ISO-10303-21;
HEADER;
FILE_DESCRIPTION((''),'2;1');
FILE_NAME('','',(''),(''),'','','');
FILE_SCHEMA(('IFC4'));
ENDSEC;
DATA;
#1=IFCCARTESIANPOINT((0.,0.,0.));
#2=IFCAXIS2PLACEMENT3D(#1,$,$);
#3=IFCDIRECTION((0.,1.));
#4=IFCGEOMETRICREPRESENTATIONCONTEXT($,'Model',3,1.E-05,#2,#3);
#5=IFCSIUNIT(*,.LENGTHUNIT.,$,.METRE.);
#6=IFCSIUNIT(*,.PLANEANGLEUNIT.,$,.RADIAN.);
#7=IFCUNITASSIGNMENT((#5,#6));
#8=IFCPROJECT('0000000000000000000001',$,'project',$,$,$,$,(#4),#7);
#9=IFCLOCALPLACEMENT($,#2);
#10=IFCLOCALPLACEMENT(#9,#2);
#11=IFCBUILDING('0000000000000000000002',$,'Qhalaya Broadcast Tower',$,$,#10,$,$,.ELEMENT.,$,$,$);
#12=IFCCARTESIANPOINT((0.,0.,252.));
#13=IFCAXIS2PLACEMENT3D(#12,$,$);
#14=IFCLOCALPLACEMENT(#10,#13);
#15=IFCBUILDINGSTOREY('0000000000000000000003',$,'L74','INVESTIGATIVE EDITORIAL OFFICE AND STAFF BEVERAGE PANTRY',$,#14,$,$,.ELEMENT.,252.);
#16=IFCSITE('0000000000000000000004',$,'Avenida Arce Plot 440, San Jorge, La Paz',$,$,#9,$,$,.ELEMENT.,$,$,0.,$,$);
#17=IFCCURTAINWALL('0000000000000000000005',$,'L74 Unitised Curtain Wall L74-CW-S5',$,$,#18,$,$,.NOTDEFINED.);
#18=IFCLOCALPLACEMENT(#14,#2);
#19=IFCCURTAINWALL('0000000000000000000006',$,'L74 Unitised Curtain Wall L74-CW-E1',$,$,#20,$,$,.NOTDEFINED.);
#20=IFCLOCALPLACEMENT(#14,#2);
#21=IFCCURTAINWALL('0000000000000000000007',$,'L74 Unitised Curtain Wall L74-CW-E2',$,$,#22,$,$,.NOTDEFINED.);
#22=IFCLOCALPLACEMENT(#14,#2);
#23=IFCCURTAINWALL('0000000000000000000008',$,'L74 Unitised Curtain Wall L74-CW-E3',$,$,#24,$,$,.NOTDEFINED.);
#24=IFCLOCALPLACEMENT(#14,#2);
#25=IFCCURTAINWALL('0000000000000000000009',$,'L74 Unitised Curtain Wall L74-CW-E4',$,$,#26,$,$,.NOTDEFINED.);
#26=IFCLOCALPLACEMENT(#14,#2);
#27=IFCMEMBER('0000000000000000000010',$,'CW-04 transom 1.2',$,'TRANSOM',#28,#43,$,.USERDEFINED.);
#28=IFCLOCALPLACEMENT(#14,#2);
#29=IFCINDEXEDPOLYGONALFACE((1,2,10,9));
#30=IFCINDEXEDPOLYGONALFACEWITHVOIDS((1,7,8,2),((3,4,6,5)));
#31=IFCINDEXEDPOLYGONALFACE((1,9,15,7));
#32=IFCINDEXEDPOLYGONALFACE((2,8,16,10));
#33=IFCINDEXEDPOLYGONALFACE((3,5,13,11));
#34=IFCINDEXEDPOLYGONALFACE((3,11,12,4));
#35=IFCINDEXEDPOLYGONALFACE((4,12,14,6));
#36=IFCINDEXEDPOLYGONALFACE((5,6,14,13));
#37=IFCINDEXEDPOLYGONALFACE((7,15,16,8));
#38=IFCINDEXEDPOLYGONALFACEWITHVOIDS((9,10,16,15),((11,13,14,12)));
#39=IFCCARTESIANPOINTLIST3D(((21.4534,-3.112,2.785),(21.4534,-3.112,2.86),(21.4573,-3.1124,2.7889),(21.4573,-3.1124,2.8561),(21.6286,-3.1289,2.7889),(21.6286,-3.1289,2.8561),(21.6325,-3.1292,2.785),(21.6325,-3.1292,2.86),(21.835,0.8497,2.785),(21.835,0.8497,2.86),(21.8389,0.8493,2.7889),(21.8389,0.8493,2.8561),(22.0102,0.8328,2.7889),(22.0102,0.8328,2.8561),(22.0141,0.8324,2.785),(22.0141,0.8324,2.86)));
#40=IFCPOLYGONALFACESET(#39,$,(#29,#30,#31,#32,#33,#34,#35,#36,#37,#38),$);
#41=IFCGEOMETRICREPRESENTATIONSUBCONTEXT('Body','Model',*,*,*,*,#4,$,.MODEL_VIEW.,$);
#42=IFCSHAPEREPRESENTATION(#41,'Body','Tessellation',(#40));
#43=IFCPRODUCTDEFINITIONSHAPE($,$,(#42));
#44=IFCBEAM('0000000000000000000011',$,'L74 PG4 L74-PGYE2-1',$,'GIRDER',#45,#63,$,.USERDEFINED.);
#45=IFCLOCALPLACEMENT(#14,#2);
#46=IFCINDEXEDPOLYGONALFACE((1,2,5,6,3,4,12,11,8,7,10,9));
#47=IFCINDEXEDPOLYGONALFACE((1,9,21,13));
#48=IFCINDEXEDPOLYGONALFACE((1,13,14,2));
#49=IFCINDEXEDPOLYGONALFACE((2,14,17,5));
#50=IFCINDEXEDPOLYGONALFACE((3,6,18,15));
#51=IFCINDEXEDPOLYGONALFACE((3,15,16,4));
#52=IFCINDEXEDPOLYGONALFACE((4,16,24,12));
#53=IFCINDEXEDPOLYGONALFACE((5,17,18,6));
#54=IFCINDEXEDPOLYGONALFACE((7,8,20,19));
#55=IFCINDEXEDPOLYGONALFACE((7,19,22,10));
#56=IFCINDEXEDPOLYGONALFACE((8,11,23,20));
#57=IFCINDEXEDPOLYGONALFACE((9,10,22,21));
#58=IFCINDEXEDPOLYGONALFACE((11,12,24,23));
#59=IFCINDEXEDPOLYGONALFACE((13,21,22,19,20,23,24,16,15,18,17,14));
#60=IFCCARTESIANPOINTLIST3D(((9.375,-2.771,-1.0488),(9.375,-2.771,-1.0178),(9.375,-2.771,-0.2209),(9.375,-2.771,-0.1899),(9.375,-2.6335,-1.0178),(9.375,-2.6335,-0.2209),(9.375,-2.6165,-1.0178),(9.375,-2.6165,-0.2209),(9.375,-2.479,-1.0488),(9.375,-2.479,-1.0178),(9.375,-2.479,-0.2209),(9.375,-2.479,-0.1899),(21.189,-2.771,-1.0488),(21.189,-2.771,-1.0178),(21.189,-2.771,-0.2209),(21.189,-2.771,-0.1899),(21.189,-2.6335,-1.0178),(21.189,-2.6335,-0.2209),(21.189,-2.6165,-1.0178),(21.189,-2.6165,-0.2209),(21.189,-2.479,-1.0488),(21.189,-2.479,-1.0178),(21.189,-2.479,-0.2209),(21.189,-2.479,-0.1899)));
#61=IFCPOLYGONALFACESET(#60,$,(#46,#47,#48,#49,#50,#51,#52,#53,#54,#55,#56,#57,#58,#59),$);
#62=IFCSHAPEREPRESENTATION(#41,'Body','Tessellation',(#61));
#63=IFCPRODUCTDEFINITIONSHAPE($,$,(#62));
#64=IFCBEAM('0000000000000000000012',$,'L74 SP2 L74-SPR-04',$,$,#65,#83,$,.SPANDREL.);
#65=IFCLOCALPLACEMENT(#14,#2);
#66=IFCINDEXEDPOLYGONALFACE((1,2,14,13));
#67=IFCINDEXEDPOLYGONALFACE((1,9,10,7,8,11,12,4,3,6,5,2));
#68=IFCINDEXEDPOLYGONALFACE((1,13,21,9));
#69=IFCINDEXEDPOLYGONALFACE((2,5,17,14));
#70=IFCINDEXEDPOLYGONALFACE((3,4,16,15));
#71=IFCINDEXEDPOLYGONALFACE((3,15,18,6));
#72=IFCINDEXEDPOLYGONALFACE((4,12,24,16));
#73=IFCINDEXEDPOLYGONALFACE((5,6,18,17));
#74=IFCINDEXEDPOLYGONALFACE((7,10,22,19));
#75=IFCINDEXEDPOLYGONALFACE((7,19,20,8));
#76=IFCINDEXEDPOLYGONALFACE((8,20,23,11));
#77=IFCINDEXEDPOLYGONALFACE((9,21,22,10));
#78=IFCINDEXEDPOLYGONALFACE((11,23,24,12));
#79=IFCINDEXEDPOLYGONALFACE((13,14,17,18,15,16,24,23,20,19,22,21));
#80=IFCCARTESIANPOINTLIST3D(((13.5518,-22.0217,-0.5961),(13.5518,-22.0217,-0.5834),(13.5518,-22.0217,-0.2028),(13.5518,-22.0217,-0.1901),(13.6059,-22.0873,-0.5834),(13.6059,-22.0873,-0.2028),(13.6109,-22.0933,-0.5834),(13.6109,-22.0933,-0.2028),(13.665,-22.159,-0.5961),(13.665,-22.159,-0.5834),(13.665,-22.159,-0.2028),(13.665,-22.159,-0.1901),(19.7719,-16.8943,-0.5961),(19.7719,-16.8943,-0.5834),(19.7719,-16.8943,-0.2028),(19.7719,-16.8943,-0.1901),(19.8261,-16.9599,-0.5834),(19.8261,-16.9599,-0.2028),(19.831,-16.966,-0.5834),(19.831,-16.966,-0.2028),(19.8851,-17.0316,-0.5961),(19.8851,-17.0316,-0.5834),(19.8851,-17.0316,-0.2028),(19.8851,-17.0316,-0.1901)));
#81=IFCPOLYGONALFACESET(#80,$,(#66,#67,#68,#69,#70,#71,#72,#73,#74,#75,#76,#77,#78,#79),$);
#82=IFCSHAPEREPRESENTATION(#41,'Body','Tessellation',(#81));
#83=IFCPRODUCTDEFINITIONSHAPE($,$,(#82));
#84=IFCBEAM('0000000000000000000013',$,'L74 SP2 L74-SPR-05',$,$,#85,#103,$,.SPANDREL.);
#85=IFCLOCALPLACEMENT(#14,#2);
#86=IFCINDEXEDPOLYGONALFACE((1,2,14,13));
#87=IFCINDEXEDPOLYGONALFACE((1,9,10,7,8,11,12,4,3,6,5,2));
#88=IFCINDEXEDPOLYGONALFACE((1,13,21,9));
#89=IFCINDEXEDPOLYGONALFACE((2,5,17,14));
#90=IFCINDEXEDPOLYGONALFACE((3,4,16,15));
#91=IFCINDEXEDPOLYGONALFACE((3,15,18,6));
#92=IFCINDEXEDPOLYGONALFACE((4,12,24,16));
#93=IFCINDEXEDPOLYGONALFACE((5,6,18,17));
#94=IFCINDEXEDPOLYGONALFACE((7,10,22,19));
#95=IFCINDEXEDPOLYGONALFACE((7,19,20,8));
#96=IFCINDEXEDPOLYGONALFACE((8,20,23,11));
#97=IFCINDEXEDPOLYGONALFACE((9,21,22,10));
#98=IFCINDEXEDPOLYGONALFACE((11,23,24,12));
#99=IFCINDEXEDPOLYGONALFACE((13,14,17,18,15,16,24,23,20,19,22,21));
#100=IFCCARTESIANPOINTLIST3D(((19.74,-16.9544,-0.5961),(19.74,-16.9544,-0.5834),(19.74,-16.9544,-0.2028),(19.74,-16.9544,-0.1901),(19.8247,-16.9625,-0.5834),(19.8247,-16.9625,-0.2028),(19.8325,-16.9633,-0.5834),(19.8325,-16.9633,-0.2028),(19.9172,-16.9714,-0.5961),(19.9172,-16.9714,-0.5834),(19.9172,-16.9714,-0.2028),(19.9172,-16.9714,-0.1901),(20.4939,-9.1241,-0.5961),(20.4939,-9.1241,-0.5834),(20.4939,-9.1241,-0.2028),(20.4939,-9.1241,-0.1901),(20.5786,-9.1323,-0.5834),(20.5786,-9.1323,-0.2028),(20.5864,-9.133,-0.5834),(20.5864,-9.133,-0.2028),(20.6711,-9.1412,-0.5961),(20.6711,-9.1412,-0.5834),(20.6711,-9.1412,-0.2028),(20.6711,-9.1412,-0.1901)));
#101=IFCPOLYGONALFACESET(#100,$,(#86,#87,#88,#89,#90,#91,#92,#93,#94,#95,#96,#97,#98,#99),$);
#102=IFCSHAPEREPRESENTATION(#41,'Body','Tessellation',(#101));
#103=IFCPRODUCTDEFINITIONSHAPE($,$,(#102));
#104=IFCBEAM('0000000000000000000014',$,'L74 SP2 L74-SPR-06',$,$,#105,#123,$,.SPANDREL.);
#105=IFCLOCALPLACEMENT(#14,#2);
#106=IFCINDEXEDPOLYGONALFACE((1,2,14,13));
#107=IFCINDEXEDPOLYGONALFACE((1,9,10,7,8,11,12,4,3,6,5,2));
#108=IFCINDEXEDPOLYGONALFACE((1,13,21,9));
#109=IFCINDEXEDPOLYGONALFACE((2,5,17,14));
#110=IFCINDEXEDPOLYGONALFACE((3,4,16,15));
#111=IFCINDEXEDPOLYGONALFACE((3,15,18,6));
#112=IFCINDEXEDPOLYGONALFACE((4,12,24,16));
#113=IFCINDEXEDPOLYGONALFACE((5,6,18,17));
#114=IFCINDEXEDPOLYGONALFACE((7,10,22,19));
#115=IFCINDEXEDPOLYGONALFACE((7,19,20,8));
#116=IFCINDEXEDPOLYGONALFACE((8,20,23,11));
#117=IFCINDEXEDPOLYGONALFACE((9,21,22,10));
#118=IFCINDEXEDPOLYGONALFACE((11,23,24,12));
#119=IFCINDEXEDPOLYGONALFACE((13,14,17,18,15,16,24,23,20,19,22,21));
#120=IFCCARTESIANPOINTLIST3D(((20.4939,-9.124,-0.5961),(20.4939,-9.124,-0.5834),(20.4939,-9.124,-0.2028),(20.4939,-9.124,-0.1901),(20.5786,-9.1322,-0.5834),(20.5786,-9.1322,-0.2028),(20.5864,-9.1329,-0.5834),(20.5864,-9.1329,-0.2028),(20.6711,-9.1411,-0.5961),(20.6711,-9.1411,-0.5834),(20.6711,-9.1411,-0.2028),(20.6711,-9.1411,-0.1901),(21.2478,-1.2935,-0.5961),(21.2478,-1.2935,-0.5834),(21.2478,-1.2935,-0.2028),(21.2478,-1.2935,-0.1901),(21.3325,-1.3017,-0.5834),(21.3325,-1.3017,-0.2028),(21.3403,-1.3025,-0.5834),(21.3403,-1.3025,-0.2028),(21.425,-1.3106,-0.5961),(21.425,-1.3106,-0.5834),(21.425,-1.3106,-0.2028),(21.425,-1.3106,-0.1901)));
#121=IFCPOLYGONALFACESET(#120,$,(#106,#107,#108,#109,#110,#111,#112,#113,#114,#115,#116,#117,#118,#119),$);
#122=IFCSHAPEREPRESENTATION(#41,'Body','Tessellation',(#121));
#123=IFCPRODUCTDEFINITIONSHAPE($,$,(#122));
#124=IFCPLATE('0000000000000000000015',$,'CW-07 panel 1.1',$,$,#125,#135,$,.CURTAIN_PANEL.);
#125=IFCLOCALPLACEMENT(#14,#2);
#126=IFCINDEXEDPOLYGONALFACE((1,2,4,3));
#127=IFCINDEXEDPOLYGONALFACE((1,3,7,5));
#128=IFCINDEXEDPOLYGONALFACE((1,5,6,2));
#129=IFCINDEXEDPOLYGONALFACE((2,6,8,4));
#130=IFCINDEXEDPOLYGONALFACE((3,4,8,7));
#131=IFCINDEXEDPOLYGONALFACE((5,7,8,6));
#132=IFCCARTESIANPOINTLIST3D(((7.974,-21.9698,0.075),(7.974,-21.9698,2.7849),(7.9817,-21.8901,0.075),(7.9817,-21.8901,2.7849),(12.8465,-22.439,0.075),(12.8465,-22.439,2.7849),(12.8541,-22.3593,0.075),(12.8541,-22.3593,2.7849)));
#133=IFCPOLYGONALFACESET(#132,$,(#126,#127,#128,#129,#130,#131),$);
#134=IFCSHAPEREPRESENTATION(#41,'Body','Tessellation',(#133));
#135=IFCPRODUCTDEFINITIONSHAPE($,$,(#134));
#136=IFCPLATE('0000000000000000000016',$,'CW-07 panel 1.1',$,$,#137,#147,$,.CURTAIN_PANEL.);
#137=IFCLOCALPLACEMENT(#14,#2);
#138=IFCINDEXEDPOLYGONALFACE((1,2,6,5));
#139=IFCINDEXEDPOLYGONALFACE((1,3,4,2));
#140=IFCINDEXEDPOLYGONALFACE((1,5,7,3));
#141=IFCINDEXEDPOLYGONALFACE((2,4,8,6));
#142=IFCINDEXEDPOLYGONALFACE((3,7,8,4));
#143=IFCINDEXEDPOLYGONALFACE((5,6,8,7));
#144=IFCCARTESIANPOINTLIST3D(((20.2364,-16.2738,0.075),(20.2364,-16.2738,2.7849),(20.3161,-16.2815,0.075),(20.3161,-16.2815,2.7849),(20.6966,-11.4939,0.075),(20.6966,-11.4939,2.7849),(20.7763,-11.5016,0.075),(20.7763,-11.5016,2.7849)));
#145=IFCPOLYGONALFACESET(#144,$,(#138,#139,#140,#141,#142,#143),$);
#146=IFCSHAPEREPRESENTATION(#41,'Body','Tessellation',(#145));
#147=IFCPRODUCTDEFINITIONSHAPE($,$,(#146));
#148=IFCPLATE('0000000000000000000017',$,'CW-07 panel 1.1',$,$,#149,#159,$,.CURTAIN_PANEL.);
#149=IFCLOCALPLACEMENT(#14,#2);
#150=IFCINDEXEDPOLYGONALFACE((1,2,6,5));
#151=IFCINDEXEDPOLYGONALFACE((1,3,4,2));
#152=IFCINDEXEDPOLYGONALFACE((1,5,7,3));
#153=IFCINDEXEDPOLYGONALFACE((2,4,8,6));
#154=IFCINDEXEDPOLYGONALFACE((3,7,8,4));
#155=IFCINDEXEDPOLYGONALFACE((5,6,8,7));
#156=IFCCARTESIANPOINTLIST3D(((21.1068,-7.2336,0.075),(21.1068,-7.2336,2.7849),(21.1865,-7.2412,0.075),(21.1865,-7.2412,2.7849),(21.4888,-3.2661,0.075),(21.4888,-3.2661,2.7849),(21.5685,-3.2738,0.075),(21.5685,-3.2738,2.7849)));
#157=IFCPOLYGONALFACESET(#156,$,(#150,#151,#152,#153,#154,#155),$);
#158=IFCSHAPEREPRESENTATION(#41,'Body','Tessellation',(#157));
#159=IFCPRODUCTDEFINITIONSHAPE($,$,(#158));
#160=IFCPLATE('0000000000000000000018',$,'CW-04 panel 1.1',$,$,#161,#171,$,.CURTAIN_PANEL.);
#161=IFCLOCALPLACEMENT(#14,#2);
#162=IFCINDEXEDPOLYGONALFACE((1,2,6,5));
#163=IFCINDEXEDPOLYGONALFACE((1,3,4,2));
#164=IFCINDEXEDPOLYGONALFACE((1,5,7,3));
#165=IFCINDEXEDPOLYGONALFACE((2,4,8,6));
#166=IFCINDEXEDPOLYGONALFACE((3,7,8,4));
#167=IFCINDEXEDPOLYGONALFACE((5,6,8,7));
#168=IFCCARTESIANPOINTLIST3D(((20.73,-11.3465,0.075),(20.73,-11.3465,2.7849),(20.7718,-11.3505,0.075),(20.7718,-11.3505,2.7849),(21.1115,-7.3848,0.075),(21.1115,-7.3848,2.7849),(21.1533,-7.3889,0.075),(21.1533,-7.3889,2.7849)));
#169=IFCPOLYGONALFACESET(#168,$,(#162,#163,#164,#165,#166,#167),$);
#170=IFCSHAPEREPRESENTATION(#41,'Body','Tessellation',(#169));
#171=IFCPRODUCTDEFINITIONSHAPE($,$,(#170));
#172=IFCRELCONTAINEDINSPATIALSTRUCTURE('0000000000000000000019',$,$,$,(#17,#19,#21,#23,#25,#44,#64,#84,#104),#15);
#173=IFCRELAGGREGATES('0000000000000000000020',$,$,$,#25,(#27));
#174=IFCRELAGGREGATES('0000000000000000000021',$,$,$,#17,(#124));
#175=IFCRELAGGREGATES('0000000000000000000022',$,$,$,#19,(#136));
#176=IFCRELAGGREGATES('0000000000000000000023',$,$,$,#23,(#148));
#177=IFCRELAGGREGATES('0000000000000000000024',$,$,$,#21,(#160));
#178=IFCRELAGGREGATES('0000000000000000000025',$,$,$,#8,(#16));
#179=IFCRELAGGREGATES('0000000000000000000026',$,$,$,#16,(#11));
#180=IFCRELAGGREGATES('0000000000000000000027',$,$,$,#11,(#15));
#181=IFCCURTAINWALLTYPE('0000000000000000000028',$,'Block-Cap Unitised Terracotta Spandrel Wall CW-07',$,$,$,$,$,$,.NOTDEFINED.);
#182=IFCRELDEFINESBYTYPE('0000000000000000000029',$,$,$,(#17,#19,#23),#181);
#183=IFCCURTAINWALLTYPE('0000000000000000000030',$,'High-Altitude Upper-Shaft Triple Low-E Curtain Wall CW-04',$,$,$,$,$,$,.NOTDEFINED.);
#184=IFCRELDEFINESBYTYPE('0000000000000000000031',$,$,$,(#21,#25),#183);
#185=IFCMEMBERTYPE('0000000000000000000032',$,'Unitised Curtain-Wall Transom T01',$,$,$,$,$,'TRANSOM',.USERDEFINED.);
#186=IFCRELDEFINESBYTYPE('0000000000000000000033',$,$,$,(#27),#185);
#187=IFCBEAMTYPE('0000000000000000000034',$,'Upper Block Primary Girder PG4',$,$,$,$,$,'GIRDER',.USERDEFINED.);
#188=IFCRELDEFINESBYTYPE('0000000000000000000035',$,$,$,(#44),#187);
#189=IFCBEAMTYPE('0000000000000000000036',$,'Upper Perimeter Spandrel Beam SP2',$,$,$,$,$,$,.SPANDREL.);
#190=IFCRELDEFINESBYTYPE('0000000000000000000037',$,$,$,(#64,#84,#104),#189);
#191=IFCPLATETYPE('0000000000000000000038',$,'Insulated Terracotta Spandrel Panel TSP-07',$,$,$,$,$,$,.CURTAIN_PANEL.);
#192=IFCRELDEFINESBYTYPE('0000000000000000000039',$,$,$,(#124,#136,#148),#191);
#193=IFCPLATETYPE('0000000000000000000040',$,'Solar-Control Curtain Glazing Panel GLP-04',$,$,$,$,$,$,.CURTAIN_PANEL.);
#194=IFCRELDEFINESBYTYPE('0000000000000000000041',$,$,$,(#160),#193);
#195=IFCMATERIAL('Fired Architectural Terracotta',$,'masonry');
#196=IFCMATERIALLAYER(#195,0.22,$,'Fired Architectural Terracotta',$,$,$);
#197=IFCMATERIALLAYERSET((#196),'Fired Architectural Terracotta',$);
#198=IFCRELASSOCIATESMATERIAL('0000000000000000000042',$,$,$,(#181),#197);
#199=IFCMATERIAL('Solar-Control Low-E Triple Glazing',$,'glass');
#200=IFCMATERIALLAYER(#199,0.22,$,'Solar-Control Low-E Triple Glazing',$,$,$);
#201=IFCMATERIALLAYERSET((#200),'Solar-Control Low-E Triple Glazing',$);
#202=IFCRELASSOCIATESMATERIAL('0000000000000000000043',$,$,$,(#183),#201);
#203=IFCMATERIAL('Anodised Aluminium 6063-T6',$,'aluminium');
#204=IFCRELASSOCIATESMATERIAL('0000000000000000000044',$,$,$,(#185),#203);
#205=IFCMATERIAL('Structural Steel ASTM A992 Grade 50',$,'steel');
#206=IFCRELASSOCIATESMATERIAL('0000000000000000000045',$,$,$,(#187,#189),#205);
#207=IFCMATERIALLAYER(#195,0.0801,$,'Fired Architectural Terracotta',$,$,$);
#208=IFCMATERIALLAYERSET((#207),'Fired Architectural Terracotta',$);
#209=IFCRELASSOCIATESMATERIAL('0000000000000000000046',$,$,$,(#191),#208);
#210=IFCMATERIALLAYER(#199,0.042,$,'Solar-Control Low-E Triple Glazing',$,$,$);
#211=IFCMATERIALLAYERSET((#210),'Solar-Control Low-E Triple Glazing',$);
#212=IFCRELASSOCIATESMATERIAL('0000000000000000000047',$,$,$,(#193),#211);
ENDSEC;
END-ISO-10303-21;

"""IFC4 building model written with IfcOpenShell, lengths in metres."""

from ifc_helpers import new_model, si_unit, direction, frame, origin, origin_2d, place, context, subcontext, project, spatial, rectangle, hollow_rectangle, i_section, extrude, material, layer, layer_set, material_profile, profile_set, type_object, element, aggregate, save


model = new_model("IFC4")

# Units and contexts
model_context = context("Model", 3, precision=1e-05, world=origin(), true_north=direction((0.0, 1.0)))
body_context = subcontext(model_context, "Body", "Model", "MODEL_VIEW")
ifc_project = project(units=[si_unit("LENGTHUNIT", "METRE"), si_unit("PLANEANGLEUNIT", "RADIAN")], contexts=[model_context])

# Site, building, storey
site_placement = place(None, origin())
site = spatial("IfcSite", under=ifc_project, at=site_placement, Name="Avenida Arce Plot 440, San Jorge, La Paz", CompositionType="ELEMENT", RefElevation=0.0)
building_placement = place(site_placement, origin())
building = spatial("IfcBuilding", under=site, at=building_placement, Name="Qhalaya Broadcast Tower", CompositionType="ELEMENT")
storey_placement = place(building_placement, frame((0.0, 0.0, 252.0)))
storey = spatial("IfcBuildingStorey", under=building, at=storey_placement, Name="L74", Description="INVESTIGATIVE EDITORIAL OFFICE AND STAFF BEVERAGE PANTRY", CompositionType="ELEMENT", Elevation=252.0)

# Shared definitions
ifc_material_1 = material(Name="Structural Steel ASTM A992 Grade 50", Category="steel")

# Curtain wall
ifc_material_2 = material(Name="Fired Architectural Terracotta", Category="masonry")
ifc_layer_1 = layer(ifc_material_2, 0.22, Name="Fired Architectural Terracotta")
ifc_layer_set_1 = layer_set([ifc_layer_1], Name="Fired Architectural Terracotta")
curtain_wall_type_1 = type_object("IfcCurtainWallType", Name="Block-Cap Unitised Terracotta Spandrel Wall CW-07", PredefinedType="NOTDEFINED", material=ifc_layer_set_1)
curtain_wall_1_placement = place(storey_placement, origin())
curtain_wall_1 = element("IfcCurtainWall", 1, at=curtain_wall_1_placement, inside=storey, type_object=curtain_wall_type_1, Name="L74 Unitised Curtain Wall L74-CW-S5", PredefinedType="NOTDEFINED")
ifc_material_3 = material(Name="Anodised Aluminium 6063-T6", Category="aluminium")

# Curtain walls
curtain_wall_2_placement = place(storey_placement, origin())
curtain_wall_2 = element("IfcCurtainWall", 2, at=curtain_wall_2_placement, inside=storey, type_object=curtain_wall_type_1, Name="L74 Unitised Curtain Wall L74-CW-E1", PredefinedType="NOTDEFINED")
ifc_material_4 = material(Name="Solar-Control Low-E Triple Glazing", Category="glass")
ifc_layer_2 = layer(ifc_material_4, 0.22, Name="Solar-Control Low-E Triple Glazing")
ifc_layer_set_2 = layer_set([ifc_layer_2], Name="Solar-Control Low-E Triple Glazing")
curtain_wall_type_2 = type_object("IfcCurtainWallType", Name="High-Altitude Upper-Shaft Triple Low-E Curtain Wall CW-04", PredefinedType="NOTDEFINED", material=ifc_layer_set_2)
curtain_wall_3_placement = place(storey_placement, origin())
curtain_wall_3 = element("IfcCurtainWall", 3, at=curtain_wall_3_placement, inside=storey, type_object=curtain_wall_type_2, Name="L74 Unitised Curtain Wall L74-CW-E2", PredefinedType="NOTDEFINED")
curtain_wall_4_placement = place(storey_placement, origin())
curtain_wall_4 = element("IfcCurtainWall", 4, at=curtain_wall_4_placement, inside=storey, type_object=curtain_wall_type_1, Name="L74 Unitised Curtain Wall L74-CW-E3", PredefinedType="NOTDEFINED")

# Curtain wall
curtain_wall_5_placement = place(storey_placement, origin())
curtain_wall_5 = element("IfcCurtainWall", 5, at=curtain_wall_5_placement, inside=storey, type_object=curtain_wall_type_2, Name="L74 Unitised Curtain Wall L74-CW-E4", PredefinedType="NOTDEFINED")

# Member
ifc_material_profile_1 = material_profile(ifc_material_3, hollow_rectangle(XDim=0.075, YDim=0.1799, WallThickness=0.0039, at=origin_2d()), Name="ALU-TRN 75x180x4")
ifc_profile_set_1 = profile_set([ifc_material_profile_1], Name="Anodised Aluminium 6063-T6")
member_type_1 = type_object("IfcMemberType", Name="Unitised Curtain-Wall Transom T01", ElementType="TRANSOM", PredefinedType="USERDEFINED", material=ifc_profile_set_1)
member_1_placement = place(storey_placement, frame((21.543, -3.1206, 2.8225), z_axis=(0.095877, 0.995393, 0.0), x_axis=(0.0, 0.0, 1.0)))
member_1 = element("IfcMember", 6, at=member_1_placement, type_object=member_type_1, Name="CW-04 transom 1.2", ObjectType="TRANSOM", PredefinedType="USERDEFINED", context=body_context, shape_type="SweptSolid", body=[
    extrude(hollow_rectangle(XDim=0.075, YDim=0.1799, WallThickness=0.0039, at=origin_2d()), origin(), (0.0, 0.0, 1.0), 3.98),
])
aggregate(curtain_wall_5, [member_1])

# Beams
ifc_material_profile_2 = material_profile(ifc_material_1, i_section(OverallWidth=0.292, OverallDepth=0.8589, WebThickness=0.0171, FlangeThickness=0.031, at=origin_2d()), Name="W33X169")
ifc_profile_set_2 = profile_set([ifc_material_profile_2], Name="Structural Steel ASTM A992 Grade 50")
beam_type_1 = type_object("IfcBeamType", Name="Upper Block Primary Girder PG4", ElementType="GIRDER", PredefinedType="USERDEFINED", material=ifc_profile_set_2)
beam_1_placement = place(storey_placement, frame((9.375, -2.625, -0.6194), z_axis=(1.0, 0.0, 0.0), x_axis=(0.0, 1.0, 0.0)))
element("IfcBeam", 7, at=beam_1_placement, inside=storey, type_object=beam_type_1, Name="L74 PG4 L74-PGYE2-1", ObjectType="GIRDER", PredefinedType="USERDEFINED", context=body_context, shape_type="SweptSolid", body=[
    extrude(i_section(OverallWidth=0.292, OverallDepth=0.8589, WebThickness=0.0171, FlangeThickness=0.031, at=origin_2d()), origin(), (0.0, 0.0, 1.0), 11.814),
])
ifc_material_profile_3 = material_profile(ifc_material_1, i_section(OverallWidth=0.178, OverallDepth=0.406, WebThickness=0.0078, FlangeThickness=0.0127, at=origin_2d()), Name="W16X40")
ifc_profile_set_3 = profile_set([ifc_material_profile_3], Name="Structural Steel ASTM A992 Grade 50")
beam_type_2 = type_object("IfcBeamType", Name="Upper Perimeter Spandrel Beam SP2", PredefinedType="SPANDREL", material=ifc_profile_set_3)
beam_2_placement = place(storey_placement, frame((13.6084, -22.0903, -0.3931), z_axis=(0.771631, 0.63607, 0.0), x_axis=(-0.63607, 0.771631, 0.0)))
element("IfcBeam", 8, at=beam_2_placement, inside=storey, type_object=beam_type_2, Name="L74 SP2 L74-SPR-04", PredefinedType="SPANDREL", context=body_context, shape_type="SweptSolid", body=[
    extrude(i_section(OverallWidth=0.178, OverallDepth=0.406, WebThickness=0.0078, FlangeThickness=0.0127, at=origin_2d()), origin(), (0.0, 0.0, 1.0), 8.061),
])
beam_3_placement = place(storey_placement, frame((19.8286, -16.9629, -0.3931), z_axis=(0.095837, 0.995397, 0.0), x_axis=(-0.995397, 0.095837, 0.0)))
element("IfcBeam", 9, at=beam_3_placement, inside=storey, type_object=beam_type_2, Name="L74 SP2 L74-SPR-05", PredefinedType="SPANDREL", context=body_context, shape_type="SweptSolid", body=[
    extrude(i_section(OverallWidth=0.178, OverallDepth=0.406, WebThickness=0.0078, FlangeThickness=0.0127, at=origin_2d()), origin(), (0.0, 0.0, 1.0), 7.8665),
])
beam_4_placement = place(storey_placement, frame((20.5825, -9.1326, -0.3931), z_axis=(0.095834, 0.995397, 0.0), x_axis=(-0.995397, 0.095834, 0.0)))
element("IfcBeam", 10, at=beam_4_placement, inside=storey, type_object=beam_type_2, Name="L74 SP2 L74-SPR-06", PredefinedType="SPANDREL", context=body_context, shape_type="SweptSolid", body=[
    extrude(i_section(OverallWidth=0.178, OverallDepth=0.406, WebThickness=0.0078, FlangeThickness=0.0127, at=origin_2d()), origin(), (0.0, 0.0, 1.0), 7.8667),
])

# Plates
ifc_layer_3 = layer(ifc_material_2, 0.0801, Name="Fired Architectural Terracotta")
ifc_layer_set_3 = layer_set([ifc_layer_3], Name="Fired Architectural Terracotta")
plate_type_1 = type_object("IfcPlateType", Name="Insulated Terracotta Spandrel Panel TSP-07", PredefinedType="CURTAIN_PANEL", material=ifc_layer_set_3)
plate_1_placement = place(storey_placement, frame((10.4141, -22.1646, 0.075), z_axis=(0.0, 0.0, 1.0), x_axis=(0.995397, -0.095839, 0.0)))
plate_1 = element("IfcPlate", 11, at=plate_1_placement, type_object=plate_type_1, Name="CW-07 panel 1.1", PredefinedType="CURTAIN_PANEL", context=body_context, shape_type="SweptSolid", body=[
    extrude(rectangle(XDim=4.895, YDim=0.0801, at=origin_2d()), origin(), (0.0, 0.0, 1.0), 2.71),
])
aggregate(curtain_wall_1, [plate_1])
plate_2_placement = place(storey_placement, frame((20.5063, -13.8877, 0.075), z_axis=(0.0, 0.0, 1.0), x_axis=(0.09584, 0.995397, 0.0)))
plate_2 = element("IfcPlate", 12, at=plate_2_placement, type_object=plate_type_1, Name="CW-07 panel 1.1", PredefinedType="CURTAIN_PANEL", context=body_context, shape_type="SweptSolid", body=[
    extrude(rectangle(XDim=4.802, YDim=0.0801, at=origin_2d()), origin(), (0.0, 0.0, 1.0), 2.71),
])
aggregate(curtain_wall_2, [plate_2])
plate_3_placement = place(storey_placement, frame((21.3376, -5.2537, 0.075), z_axis=(0.0, 0.0, 1.0), x_axis=(0.095843, 0.995396, 0.0)))
plate_3 = element("IfcPlate", 13, at=plate_3_placement, type_object=plate_type_1, Name="CW-07 panel 1.1", PredefinedType="CURTAIN_PANEL", context=body_context, shape_type="SweptSolid", body=[
    extrude(rectangle(XDim=3.9858, YDim=0.0801, at=origin_2d()), origin(), (0.0, 0.0, 1.0), 2.71),
])
aggregate(curtain_wall_4, [plate_3])
ifc_layer_4 = layer(ifc_material_4, 0.042, Name="Solar-Control Low-E Triple Glazing")
ifc_layer_set_4 = layer_set([ifc_layer_4], Name="Solar-Control Low-E Triple Glazing")
plate_type_2 = type_object("IfcPlateType", Name="Solar-Control Curtain Glazing Panel GLP-04", PredefinedType="CURTAIN_PANEL", material=ifc_layer_set_4)
plate_4_placement = place(storey_placement, frame((20.9417, -9.3677, 0.075), z_axis=(0.0, 0.0, 1.0), x_axis=(0.095859, 0.995395, 0.0)))
plate_4 = element("IfcPlate", 14, at=plate_4_placement, type_object=plate_type_2, Name="CW-04 panel 1.1", PredefinedType="CURTAIN_PANEL", context=body_context, shape_type="SweptSolid", body=[
    extrude(rectangle(XDim=3.98, YDim=0.042, at=origin_2d()), origin(), (0.0, 0.0, 1.0), 2.71),
])
aggregate(curtain_wall_3, [plate_4])

save(model, "model.ifc")
